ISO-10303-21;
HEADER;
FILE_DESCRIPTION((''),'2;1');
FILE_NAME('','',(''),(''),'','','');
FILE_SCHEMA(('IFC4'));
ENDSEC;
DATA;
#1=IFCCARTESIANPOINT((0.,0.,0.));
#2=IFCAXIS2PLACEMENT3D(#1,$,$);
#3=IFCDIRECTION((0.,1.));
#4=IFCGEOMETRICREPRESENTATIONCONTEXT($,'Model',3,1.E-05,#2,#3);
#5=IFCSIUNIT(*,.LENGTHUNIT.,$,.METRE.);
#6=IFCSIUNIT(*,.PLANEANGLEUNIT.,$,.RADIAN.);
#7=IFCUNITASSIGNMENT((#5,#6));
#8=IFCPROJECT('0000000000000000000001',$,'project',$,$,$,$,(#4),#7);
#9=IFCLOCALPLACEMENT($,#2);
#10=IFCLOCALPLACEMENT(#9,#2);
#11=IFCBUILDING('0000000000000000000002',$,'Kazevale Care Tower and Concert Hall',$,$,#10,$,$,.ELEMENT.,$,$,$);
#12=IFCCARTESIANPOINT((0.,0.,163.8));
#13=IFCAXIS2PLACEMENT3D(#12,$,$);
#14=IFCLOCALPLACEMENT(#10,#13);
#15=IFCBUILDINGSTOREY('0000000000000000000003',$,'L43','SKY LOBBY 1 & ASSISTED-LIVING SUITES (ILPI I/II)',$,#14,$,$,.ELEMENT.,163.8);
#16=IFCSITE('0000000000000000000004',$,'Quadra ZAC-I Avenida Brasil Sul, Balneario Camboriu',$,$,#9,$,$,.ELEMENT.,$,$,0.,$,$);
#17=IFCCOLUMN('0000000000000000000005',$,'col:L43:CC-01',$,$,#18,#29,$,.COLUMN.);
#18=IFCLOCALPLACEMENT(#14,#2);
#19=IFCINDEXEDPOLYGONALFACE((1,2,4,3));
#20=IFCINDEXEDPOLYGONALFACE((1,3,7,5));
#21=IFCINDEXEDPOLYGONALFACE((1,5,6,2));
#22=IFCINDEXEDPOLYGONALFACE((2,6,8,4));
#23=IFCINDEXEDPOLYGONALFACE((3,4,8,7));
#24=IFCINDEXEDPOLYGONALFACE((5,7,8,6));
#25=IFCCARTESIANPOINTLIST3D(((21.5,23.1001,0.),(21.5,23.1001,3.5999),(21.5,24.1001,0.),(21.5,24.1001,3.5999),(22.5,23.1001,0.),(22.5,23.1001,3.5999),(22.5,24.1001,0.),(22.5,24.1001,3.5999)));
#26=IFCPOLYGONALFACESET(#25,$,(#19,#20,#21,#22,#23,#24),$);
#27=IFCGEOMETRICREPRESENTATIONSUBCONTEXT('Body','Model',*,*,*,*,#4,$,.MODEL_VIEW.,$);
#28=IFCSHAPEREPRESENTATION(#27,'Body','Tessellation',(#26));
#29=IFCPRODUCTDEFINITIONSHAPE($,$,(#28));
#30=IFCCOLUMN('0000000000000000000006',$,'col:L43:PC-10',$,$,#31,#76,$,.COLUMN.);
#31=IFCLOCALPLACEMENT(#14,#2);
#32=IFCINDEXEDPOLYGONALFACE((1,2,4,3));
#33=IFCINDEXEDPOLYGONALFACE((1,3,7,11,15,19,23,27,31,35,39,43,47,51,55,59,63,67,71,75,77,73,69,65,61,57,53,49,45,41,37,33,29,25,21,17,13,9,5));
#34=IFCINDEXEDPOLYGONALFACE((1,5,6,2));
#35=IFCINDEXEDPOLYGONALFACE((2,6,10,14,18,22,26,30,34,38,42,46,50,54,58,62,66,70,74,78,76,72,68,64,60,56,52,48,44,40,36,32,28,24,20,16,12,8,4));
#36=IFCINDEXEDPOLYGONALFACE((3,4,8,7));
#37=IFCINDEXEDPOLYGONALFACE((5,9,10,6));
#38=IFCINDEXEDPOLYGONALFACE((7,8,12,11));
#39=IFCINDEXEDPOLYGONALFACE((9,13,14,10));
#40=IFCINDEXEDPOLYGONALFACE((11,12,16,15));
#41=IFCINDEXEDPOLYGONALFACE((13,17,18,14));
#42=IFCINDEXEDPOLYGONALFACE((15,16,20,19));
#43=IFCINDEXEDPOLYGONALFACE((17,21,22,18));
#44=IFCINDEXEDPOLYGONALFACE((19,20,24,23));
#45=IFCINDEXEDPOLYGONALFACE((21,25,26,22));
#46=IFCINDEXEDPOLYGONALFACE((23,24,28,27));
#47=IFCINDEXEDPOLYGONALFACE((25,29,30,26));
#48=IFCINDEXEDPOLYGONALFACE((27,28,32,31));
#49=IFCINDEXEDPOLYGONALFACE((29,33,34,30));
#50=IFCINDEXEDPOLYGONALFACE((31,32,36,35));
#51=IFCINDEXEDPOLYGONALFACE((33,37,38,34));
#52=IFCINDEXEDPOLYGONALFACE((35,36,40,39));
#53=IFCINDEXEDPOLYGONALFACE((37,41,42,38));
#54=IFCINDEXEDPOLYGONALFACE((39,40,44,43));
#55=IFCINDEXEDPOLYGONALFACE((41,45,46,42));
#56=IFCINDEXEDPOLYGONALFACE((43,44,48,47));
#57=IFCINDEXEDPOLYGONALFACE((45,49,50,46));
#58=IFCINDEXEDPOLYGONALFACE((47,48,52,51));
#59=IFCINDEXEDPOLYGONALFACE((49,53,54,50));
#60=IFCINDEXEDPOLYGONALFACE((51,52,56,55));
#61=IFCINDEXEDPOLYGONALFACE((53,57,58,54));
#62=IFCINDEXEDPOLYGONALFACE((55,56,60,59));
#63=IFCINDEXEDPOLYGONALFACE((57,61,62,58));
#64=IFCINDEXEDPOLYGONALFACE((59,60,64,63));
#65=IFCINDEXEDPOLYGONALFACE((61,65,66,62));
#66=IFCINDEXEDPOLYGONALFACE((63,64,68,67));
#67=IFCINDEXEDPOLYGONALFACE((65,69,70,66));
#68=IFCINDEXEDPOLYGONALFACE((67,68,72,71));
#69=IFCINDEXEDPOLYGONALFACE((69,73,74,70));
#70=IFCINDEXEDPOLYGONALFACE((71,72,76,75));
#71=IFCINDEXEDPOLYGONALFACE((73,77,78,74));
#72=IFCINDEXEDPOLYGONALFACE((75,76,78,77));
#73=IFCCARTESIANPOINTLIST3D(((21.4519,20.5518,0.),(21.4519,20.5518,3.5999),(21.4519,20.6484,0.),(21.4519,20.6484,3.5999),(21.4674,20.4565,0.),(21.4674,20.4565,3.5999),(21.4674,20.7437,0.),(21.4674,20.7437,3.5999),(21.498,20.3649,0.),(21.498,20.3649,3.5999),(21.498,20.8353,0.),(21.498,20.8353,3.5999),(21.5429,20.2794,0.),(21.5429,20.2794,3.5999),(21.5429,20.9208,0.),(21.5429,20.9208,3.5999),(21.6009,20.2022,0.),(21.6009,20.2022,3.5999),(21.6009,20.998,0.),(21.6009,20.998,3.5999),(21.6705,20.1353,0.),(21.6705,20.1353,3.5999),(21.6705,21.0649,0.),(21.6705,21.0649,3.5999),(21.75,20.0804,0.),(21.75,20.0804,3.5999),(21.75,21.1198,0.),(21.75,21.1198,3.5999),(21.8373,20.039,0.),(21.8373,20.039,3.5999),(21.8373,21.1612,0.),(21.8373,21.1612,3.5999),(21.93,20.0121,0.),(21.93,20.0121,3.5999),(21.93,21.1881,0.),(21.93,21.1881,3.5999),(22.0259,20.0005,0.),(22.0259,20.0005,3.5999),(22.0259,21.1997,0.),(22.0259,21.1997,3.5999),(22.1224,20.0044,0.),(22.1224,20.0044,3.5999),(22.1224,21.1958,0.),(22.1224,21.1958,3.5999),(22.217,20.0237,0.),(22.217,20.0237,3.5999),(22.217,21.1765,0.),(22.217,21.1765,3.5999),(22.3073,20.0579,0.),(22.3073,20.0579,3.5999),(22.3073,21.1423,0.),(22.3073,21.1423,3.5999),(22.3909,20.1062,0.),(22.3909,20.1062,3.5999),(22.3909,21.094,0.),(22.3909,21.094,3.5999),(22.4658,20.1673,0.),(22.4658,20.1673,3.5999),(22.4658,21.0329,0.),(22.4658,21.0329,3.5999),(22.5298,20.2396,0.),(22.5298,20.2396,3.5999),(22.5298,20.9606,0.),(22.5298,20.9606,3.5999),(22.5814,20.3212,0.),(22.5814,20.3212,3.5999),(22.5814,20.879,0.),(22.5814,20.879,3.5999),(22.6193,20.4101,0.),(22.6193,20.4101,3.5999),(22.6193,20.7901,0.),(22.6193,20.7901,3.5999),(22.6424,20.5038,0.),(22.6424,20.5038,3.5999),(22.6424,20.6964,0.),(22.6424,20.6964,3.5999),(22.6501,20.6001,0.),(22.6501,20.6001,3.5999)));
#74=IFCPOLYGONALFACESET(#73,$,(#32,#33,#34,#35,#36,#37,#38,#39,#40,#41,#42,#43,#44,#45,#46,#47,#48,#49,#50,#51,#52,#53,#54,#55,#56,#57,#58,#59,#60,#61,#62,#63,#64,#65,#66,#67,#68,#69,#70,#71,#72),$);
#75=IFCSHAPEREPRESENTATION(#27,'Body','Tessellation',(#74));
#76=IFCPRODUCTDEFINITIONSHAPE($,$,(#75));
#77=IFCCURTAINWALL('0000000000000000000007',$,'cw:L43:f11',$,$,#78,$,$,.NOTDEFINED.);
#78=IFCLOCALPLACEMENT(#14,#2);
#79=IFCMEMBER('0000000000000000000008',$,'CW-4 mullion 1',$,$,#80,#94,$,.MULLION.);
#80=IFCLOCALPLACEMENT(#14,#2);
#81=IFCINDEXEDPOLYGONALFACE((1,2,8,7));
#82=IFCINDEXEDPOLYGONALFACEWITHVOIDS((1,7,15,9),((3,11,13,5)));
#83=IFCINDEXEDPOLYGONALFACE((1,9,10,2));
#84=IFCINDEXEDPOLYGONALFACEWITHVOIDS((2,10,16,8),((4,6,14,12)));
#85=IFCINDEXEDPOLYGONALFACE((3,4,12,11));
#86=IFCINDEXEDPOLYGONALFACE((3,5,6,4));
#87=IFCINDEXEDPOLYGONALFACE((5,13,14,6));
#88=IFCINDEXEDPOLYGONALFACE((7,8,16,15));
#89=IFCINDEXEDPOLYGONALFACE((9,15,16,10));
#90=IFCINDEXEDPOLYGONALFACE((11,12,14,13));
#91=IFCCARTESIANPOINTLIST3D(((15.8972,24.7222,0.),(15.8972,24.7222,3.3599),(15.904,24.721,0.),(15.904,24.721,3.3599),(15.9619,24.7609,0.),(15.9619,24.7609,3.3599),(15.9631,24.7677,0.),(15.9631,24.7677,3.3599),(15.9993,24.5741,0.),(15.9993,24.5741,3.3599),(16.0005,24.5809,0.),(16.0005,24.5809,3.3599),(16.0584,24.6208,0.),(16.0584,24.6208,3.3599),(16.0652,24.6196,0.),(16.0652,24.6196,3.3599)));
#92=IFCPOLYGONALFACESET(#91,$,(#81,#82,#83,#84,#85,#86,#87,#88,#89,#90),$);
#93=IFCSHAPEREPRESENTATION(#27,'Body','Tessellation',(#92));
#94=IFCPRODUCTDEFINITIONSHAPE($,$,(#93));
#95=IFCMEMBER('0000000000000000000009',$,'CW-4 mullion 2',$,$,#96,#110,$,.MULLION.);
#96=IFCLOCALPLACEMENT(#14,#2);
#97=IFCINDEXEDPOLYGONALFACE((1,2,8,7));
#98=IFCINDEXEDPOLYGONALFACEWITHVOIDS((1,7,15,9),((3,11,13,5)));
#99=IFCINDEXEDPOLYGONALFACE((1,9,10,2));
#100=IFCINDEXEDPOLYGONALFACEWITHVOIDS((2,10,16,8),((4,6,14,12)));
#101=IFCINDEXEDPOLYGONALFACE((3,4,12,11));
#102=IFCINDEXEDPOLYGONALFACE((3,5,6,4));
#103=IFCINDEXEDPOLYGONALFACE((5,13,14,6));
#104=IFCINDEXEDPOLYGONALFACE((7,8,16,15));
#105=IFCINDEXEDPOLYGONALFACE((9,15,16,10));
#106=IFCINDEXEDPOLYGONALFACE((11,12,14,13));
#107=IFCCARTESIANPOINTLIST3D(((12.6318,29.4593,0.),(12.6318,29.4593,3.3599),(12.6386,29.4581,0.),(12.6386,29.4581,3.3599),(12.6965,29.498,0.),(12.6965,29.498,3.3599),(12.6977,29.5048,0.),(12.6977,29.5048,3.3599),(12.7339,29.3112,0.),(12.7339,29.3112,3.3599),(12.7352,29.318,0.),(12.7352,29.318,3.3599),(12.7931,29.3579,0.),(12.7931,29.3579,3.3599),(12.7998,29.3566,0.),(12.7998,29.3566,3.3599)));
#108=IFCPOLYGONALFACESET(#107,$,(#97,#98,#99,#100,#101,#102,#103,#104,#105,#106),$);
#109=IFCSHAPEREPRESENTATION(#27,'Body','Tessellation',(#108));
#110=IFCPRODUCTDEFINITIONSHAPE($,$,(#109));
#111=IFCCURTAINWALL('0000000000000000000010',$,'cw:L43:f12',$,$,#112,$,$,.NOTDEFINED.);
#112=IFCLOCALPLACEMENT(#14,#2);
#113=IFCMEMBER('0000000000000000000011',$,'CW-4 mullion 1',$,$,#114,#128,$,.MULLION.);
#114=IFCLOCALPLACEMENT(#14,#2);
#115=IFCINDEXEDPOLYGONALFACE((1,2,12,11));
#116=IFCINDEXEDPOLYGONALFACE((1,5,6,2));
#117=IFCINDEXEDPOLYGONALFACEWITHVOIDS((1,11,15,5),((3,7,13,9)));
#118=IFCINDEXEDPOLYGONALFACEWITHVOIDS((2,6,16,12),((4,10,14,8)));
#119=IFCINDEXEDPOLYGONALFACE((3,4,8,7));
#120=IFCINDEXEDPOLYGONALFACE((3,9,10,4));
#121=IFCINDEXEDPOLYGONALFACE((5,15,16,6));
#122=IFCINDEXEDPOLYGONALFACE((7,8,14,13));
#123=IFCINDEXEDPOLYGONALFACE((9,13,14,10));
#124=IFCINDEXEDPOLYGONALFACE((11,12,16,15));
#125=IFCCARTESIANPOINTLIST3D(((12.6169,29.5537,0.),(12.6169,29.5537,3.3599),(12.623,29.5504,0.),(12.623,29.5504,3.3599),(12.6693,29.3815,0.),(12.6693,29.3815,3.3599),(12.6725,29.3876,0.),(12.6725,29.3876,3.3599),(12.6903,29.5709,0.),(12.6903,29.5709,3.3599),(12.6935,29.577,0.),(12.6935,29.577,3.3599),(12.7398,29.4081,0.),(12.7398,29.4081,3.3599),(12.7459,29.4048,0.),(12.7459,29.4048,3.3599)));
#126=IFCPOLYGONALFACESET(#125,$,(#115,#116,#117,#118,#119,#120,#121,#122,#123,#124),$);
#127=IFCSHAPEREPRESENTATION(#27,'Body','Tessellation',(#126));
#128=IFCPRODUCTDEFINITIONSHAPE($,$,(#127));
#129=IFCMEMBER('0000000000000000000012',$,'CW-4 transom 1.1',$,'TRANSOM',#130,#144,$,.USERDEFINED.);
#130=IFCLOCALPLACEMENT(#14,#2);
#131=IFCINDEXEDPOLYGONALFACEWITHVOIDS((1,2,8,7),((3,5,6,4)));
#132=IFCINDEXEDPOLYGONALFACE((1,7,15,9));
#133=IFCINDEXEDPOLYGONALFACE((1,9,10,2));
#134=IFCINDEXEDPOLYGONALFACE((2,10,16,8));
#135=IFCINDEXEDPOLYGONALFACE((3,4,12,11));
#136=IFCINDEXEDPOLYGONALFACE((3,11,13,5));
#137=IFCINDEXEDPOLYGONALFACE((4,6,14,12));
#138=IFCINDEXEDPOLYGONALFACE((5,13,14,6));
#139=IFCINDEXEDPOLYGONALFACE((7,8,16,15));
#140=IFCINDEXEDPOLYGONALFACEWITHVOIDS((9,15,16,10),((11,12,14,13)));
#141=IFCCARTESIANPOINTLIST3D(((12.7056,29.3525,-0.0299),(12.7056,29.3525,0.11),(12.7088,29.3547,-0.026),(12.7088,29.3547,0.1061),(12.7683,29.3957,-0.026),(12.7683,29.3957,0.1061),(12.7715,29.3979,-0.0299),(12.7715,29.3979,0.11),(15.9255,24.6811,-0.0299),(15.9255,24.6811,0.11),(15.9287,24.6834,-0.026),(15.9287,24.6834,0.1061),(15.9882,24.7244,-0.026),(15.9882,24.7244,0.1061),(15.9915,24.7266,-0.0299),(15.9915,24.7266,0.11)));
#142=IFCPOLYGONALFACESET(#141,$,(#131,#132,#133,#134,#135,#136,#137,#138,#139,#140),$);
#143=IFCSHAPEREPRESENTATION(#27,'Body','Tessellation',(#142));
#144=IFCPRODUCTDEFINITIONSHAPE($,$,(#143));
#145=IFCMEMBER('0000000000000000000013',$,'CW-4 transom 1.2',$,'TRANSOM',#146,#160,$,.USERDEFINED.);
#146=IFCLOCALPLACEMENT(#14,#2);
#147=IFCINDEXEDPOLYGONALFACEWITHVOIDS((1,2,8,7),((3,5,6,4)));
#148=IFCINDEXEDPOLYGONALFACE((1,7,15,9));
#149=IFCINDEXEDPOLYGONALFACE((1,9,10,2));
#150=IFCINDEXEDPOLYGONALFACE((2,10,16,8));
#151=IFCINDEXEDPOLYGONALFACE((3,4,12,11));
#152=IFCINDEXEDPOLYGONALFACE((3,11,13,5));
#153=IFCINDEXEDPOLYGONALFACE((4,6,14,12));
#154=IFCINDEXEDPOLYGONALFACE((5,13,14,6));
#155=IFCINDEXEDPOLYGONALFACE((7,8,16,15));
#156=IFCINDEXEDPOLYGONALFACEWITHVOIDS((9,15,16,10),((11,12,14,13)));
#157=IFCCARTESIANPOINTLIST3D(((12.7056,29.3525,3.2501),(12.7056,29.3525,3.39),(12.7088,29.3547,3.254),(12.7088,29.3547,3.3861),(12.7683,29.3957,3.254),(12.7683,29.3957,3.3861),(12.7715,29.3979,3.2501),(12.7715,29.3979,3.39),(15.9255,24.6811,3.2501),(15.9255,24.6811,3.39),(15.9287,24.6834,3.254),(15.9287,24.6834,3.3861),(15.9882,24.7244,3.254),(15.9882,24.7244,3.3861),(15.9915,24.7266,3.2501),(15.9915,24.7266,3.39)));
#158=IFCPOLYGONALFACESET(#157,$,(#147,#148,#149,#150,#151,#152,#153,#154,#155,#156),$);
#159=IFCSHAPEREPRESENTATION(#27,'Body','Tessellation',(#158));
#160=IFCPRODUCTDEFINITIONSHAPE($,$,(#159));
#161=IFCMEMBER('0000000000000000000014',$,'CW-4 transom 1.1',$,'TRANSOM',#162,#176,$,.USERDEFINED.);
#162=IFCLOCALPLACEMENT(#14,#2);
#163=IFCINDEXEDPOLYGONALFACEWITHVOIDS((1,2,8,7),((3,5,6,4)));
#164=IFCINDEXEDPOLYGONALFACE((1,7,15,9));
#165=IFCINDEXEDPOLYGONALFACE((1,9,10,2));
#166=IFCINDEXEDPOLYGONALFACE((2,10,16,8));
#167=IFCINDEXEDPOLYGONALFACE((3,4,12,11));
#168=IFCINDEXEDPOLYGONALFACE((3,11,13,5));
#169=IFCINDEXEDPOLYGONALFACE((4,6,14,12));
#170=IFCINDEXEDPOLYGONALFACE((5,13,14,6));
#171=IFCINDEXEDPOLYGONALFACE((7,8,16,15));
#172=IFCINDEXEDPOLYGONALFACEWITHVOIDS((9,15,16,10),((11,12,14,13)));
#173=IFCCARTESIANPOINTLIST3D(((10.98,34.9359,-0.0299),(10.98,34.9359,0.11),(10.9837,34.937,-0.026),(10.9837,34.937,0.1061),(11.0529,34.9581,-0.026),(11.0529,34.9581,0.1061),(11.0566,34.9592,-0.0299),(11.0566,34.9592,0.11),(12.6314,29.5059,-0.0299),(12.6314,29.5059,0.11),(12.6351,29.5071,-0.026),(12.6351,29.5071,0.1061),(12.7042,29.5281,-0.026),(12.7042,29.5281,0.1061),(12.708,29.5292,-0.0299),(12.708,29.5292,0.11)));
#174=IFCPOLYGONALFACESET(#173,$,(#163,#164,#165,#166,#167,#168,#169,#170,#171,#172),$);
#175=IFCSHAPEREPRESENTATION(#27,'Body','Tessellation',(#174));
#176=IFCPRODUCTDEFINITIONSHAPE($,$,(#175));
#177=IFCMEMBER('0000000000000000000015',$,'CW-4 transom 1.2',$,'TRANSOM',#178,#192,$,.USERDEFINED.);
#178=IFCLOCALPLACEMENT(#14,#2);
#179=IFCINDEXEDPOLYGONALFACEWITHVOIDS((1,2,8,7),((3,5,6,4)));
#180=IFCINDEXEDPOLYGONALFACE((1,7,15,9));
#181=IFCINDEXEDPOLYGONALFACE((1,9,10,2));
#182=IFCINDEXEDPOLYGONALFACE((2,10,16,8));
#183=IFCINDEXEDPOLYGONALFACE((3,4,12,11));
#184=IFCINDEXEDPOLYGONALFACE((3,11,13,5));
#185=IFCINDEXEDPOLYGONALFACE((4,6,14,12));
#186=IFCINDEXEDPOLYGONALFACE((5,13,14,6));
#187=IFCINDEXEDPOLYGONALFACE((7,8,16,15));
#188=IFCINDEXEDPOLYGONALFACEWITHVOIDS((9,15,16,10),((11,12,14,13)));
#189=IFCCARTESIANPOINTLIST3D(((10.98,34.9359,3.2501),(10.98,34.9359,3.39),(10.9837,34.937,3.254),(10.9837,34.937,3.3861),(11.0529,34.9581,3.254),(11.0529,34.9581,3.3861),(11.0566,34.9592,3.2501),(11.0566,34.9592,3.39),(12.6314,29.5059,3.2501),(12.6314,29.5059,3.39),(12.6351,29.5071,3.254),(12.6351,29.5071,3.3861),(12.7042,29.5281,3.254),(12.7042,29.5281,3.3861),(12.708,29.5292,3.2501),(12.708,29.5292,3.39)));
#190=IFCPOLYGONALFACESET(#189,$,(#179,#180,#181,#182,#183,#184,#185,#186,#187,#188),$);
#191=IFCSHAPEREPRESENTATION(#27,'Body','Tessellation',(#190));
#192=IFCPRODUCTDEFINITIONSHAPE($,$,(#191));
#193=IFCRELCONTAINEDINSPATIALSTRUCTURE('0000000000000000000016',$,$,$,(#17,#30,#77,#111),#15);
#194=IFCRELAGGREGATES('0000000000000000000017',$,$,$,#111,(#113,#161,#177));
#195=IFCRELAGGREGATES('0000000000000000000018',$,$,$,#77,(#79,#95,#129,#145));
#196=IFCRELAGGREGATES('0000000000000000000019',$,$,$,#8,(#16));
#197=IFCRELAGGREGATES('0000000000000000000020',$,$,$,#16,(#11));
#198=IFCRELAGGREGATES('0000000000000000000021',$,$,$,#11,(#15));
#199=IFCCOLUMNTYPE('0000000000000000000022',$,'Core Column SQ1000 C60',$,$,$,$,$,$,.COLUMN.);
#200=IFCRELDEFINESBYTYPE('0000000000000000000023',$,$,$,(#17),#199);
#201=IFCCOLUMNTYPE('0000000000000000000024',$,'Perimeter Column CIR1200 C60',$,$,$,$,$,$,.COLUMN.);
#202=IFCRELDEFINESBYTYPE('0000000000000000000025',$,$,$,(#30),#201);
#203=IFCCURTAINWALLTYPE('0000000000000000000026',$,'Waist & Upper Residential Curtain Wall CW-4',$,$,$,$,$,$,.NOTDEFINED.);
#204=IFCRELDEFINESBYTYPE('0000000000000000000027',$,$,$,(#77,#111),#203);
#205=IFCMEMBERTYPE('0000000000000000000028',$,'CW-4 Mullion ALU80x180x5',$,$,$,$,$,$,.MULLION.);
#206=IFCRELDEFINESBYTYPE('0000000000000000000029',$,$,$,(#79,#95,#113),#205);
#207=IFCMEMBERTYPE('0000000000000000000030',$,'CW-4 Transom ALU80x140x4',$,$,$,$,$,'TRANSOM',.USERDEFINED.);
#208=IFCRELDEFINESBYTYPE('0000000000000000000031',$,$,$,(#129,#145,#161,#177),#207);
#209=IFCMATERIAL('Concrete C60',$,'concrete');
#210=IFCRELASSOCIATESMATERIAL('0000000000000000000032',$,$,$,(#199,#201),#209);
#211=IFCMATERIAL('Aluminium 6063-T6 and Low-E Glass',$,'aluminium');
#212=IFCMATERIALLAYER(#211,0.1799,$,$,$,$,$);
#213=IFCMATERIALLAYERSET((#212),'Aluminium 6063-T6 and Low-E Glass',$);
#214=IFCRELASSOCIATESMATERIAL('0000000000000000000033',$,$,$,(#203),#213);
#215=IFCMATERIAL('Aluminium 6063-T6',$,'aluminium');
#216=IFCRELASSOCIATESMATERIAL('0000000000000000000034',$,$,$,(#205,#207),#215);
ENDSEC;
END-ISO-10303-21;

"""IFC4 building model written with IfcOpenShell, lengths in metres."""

from ifc_helpers import new_model, si_unit, direction, frame, origin, origin_2d, place, context, subcontext, project, spatial, rectangle, hollow_rectangle, circle, extrude, material, layer, layer_set, material_profile, profile_set, type_object, element, aggregate, save


model = new_model("IFC4")

# Units and contexts
model_context = context("Model", 3, precision=1e-05, world=origin(), true_north=direction((0.0, 1.0)))
body_context = subcontext(model_context, "Body", "Model", "MODEL_VIEW")
ifc_project = project(units=[si_unit("LENGTHUNIT", "METRE"), si_unit("PLANEANGLEUNIT", "RADIAN")], contexts=[model_context])

# Site, building, storey
site_placement = place(None, origin())
site = spatial("IfcSite", under=ifc_project, at=site_placement, Name="Quadra ZAC-I Avenida Brasil Sul, Balneario Camboriu", CompositionType="ELEMENT", RefElevation=0.0)
building_placement = place(site_placement, origin())
building = spatial("IfcBuilding", under=site, at=building_placement, Name="Kazevale Care Tower and Concert Hall", CompositionType="ELEMENT")
storey_placement = place(building_placement, frame((0.0, 0.0, 163.8)))
storey = spatial("IfcBuildingStorey", under=building, at=storey_placement, Name="L43", Description="SKY LOBBY 1 & ASSISTED-LIVING SUITES (ILPI I/II)", CompositionType="ELEMENT", Elevation=163.8)

# Columns
ifc_material_1 = material(Name="Concrete C60", Category="concrete")
ifc_material_profile_1 = material_profile(ifc_material_1, rectangle(XDim=1.0, YDim=1.0, at=origin_2d()), Name="RC-SQ1000")
ifc_profile_set_1 = profile_set([ifc_material_profile_1], Name="Concrete C60")
column_type_1 = type_object("IfcColumnType", Name="Core Column SQ1000 C60", PredefinedType="COLUMN", material=ifc_profile_set_1)
column_1_placement = place(storey_placement, frame((22.0, 23.6001, 0.0), z_axis=(0.0, 0.0, 1.0), x_axis=(1.0, 0.0, 0.0)))
element("IfcColumn", 1, at=column_1_placement, inside=storey, type_object=column_type_1, Name="col:L43:CC-01", PredefinedType="COLUMN", context=body_context, shape_type="SweptSolid", body=[
    extrude(rectangle(XDim=1.0, YDim=1.0, at=origin_2d()), origin(), (0.0, 0.0, 1.0), 3.5999),
])
ifc_material_profile_2 = material_profile(ifc_material_1, circle(Radius=0.6001, at=origin_2d()), Name="RC-CIR1200")
ifc_profile_set_2 = profile_set([ifc_material_profile_2], Name="Concrete C60")
column_type_2 = type_object("IfcColumnType", Name="Perimeter Column CIR1200 C60", PredefinedType="COLUMN", material=ifc_profile_set_2)
column_2_placement = place(storey_placement, frame((22.05, 20.6001, 0.0), z_axis=(0.0, 0.0, 1.0), x_axis=(1.0, 0.0, 0.0)))
element("IfcColumn", 2, at=column_2_placement, inside=storey, type_object=column_type_2, Name="col:L43:PC-10", PredefinedType="COLUMN", context=body_context, shape_type="SweptSolid", body=[
    extrude(circle(Radius=0.6001, at=origin_2d()), origin(), (0.0, 0.0, 1.0), 3.5999),
])

# Curtain wall, members
ifc_material_2 = material(Name="Aluminium 6063-T6 and Low-E Glass", Category="aluminium")
ifc_layer_1 = layer(ifc_material_2, 0.1799)
ifc_layer_set_1 = layer_set([ifc_layer_1], Name="Aluminium 6063-T6 and Low-E Glass")
curtain_wall_type_1 = type_object("IfcCurtainWallType", Name="Waist & Upper Residential Curtain Wall CW-4", PredefinedType="NOTDEFINED", material=ifc_layer_set_1)
curtain_wall_1_placement = place(storey_placement, origin())
curtain_wall_1 = element("IfcCurtainWall", 3, at=curtain_wall_1_placement, inside=storey, type_object=curtain_wall_type_1, Name="cw:L43:f11", PredefinedType="NOTDEFINED")
ifc_material_3 = material(Name="Aluminium 6063-T6", Category="aluminium")
ifc_material_profile_3 = material_profile(ifc_material_3, hollow_rectangle(XDim=0.0801, YDim=0.1799, WallThickness=0.0049, at=origin_2d()), Name="ALU80x180x5")
ifc_profile_set_3 = profile_set([ifc_material_profile_3], Name="Aluminium 6063-T6")
member_type_1 = type_object("IfcMemberType", Name="CW-4 Mullion ALU80x180x5", PredefinedType="MULLION", material=ifc_profile_set_3)
member_1_placement = place(storey_placement, frame((15.9812, 24.6709, 0.0), z_axis=(0.0, 0.0, 1.0), x_axis=(-0.823326, -0.567569, 0.0)))
member_1 = element("IfcMember", 4, at=member_1_placement, type_object=member_type_1, Name="CW-4 mullion 1", PredefinedType="MULLION", context=body_context, shape_type="SweptSolid", body=[
    extrude(hollow_rectangle(XDim=0.0801, YDim=0.1799, WallThickness=0.0049, at=origin_2d()), origin(), (0.0, 0.0, 1.0), 3.3599),
])
member_2_placement = place(storey_placement, frame((12.7158, 29.408, 0.0), z_axis=(0.0, 0.0, 1.0), x_axis=(-0.823326, -0.567569, 0.0)))
member_2 = element("IfcMember", 5, at=member_2_placement, type_object=member_type_1, Name="CW-4 mullion 2", PredefinedType="MULLION", context=body_context, shape_type="SweptSolid", body=[
    extrude(hollow_rectangle(XDim=0.0801, YDim=0.1799, WallThickness=0.0049, at=origin_2d()), origin(), (0.0, 0.0, 1.0), 3.3599),
])

# Curtain wall, member
curtain_wall_2_placement = place(storey_placement, origin())
curtain_wall_2 = element("IfcCurtainWall", 6, at=curtain_wall_2_placement, inside=storey, type_object=curtain_wall_type_1, Name="cw:L43:f12", PredefinedType="NOTDEFINED")
member_3_placement = place(storey_placement, frame((12.6814, 29.4792, 0.0), z_axis=(0.0, 0.0, 1.0), x_axis=(-0.95673, -0.290977, 0.0)))
member_3 = element("IfcMember", 7, at=member_3_placement, type_object=member_type_1, Name="CW-4 mullion 1", PredefinedType="MULLION", context=body_context, shape_type="SweptSolid", body=[
    extrude(hollow_rectangle(XDim=0.0801, YDim=0.1799, WallThickness=0.0049, at=origin_2d()), origin(), (0.0, 0.0, 1.0), 3.3599),
])

# Members
ifc_material_profile_4 = material_profile(ifc_material_3, hollow_rectangle(XDim=0.0801, YDim=0.1399, WallThickness=0.0039, at=origin_2d()), Name="ALU80x140x4")
ifc_profile_set_4 = profile_set([ifc_material_profile_4], Name="Aluminium 6063-T6")
member_type_2 = type_object("IfcMemberType", Name="CW-4 Transom ALU80x140x4", ElementType="TRANSOM", PredefinedType="USERDEFINED", material=ifc_profile_set_4)
member_4_placement = place(storey_placement, frame((15.9585, 24.7039, 0.04), z_axis=(-0.567533, 0.823351, 0.0), x_axis=(-0.823351, -0.567533, 0.0)))
member_4 = element("IfcMember", 8, at=member_4_placement, type_object=member_type_2, Name="CW-4 transom 1.1", ObjectType="TRANSOM", PredefinedType="USERDEFINED", context=body_context, shape_type="SweptSolid", body=[
    extrude(hollow_rectangle(XDim=0.0801, YDim=0.1399, WallThickness=0.0039, at=origin_2d()), origin(), (0.0, 0.0, 1.0), 5.6736),
])
member_5_placement = place(storey_placement, frame((15.9585, 24.7039, 3.3201), z_axis=(-0.567533, 0.823351, 0.0), x_axis=(-0.823351, -0.567533, 0.0)))
member_5 = element("IfcMember", 9, at=member_5_placement, type_object=member_type_2, Name="CW-4 transom 1.2", ObjectType="TRANSOM", PredefinedType="USERDEFINED", context=body_context, shape_type="SweptSolid", body=[
    extrude(hollow_rectangle(XDim=0.0801, YDim=0.1399, WallThickness=0.0039, at=origin_2d()), origin(), (0.0, 0.0, 1.0), 5.6736),
])
member_6_placement = place(storey_placement, frame((12.6697, 29.5176, 0.04), z_axis=(-0.290965, 0.956734, 0.0), x_axis=(-0.956734, -0.290965, 0.0)))
member_6 = element("IfcMember", 10, at=member_6_placement, type_object=member_type_2, Name="CW-4 transom 1.1", ObjectType="TRANSOM", PredefinedType="USERDEFINED", context=body_context, shape_type="SweptSolid", body=[
    extrude(hollow_rectangle(XDim=0.0801, YDim=0.1399, WallThickness=0.0039, at=origin_2d()), origin(), (0.0, 0.0, 1.0), 5.6755),
])
member_7_placement = place(storey_placement, frame((12.6697, 29.5176, 3.3201), z_axis=(-0.290965, 0.956734, 0.0), x_axis=(-0.956734, -0.290965, 0.0)))
member_7 = element("IfcMember", 11, at=member_7_placement, type_object=member_type_2, Name="CW-4 transom 1.2", ObjectType="TRANSOM", PredefinedType="USERDEFINED", context=body_context, shape_type="SweptSolid", body=[
    extrude(hollow_rectangle(XDim=0.0801, YDim=0.1399, WallThickness=0.0039, at=origin_2d()), origin(), (0.0, 0.0, 1.0), 5.6755),
])
aggregate(curtain_wall_2, [member_3, member_6, member_7])

aggregate(curtain_wall_1, [member_1, member_2, member_4, member_5])

save(model, "model.ifc")
